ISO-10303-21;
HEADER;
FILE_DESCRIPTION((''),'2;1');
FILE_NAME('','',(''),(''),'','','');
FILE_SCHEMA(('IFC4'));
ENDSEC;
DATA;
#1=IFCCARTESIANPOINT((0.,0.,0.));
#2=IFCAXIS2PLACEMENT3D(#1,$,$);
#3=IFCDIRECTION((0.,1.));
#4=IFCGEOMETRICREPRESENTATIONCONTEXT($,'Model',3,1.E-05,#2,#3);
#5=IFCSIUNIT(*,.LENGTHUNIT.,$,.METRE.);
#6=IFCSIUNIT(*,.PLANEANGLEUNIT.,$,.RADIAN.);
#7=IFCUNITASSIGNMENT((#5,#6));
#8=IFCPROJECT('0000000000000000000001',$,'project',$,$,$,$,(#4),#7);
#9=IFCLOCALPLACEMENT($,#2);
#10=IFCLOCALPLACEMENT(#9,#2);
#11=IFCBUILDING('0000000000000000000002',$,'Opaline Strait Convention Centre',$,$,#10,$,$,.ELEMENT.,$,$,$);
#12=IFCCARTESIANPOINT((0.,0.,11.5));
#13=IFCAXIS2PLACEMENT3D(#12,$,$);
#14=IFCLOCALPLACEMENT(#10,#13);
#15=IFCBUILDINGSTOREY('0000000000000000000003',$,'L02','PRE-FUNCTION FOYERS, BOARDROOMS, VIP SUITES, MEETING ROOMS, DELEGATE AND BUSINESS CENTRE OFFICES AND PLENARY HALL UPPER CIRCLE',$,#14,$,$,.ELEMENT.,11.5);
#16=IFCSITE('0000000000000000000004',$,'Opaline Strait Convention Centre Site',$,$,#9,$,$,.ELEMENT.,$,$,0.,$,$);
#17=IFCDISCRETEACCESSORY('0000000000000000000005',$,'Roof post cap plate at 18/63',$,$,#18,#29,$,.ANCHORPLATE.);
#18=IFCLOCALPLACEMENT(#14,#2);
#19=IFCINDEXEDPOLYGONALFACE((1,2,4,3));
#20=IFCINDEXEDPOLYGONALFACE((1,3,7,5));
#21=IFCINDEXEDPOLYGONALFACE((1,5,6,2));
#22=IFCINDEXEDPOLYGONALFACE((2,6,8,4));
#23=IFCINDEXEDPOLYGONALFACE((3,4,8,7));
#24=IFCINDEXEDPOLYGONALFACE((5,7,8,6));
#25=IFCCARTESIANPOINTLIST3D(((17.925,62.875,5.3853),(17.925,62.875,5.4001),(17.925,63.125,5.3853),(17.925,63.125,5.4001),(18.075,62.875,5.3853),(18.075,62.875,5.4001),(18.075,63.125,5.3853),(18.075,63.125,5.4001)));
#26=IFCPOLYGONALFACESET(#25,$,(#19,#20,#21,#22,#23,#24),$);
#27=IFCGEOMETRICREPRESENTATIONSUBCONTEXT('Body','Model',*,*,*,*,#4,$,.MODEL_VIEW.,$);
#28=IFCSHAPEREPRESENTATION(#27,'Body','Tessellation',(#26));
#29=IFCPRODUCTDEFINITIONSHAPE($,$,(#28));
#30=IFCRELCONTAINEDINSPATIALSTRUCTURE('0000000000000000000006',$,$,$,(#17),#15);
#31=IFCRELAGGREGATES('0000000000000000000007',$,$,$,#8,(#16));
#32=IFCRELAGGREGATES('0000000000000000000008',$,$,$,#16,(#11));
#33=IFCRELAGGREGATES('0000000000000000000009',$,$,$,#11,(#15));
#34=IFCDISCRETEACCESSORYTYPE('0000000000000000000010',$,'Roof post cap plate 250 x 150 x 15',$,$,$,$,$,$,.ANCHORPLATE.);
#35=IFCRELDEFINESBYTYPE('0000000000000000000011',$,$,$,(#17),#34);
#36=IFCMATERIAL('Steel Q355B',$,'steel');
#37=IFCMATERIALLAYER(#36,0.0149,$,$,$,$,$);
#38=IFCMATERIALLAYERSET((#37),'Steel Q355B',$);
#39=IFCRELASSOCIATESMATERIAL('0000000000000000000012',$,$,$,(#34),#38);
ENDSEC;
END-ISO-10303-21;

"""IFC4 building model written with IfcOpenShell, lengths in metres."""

from ifc_helpers import new_model, si_unit, direction, frame, origin, origin_2d, place, context, subcontext, project, spatial, rectangle, extrude, material, layer, layer_set, type_object, element, save


model = new_model("IFC4")

# Units and contexts
model_context = context("Model", 3, precision=1e-05, world=origin(), true_north=direction((0.0, 1.0)))
body_context = subcontext(model_context, "Body", "Model", "MODEL_VIEW")
ifc_project = project(units=[si_unit("LENGTHUNIT", "METRE"), si_unit("PLANEANGLEUNIT", "RADIAN")], contexts=[model_context])

# Site, building, storey
site_placement = place(None, origin())
site = spatial("IfcSite", under=ifc_project, at=site_placement, Name="Opaline Strait Convention Centre Site", CompositionType="ELEMENT", RefElevation=0.0)
building_placement = place(site_placement, origin())
building = spatial("IfcBuilding", under=site, at=building_placement, Name="Opaline Strait Convention Centre", CompositionType="ELEMENT")
storey_placement = place(building_placement, frame((0.0, 0.0, 11.5)))
storey = spatial("IfcBuildingStorey", under=building, at=storey_placement, Name="L02", Description="PRE-FUNCTION FOYERS, BOARDROOMS, VIP SUITES, MEETING ROOMS, DELEGATE AND BUSINESS CENTRE OFFICES AND PLENARY HALL UPPER CIRCLE", CompositionType="ELEMENT", Elevation=11.5)

# Shared definitions
ifc_material_1 = material(Name="Steel Q355B", Category="steel")

# Discrete accessory
ifc_layer_1 = layer(ifc_material_1, 0.0149)
ifc_layer_set_1 = layer_set([ifc_layer_1], Name="Steel Q355B")
discrete_accessory_type_1 = type_object("IfcDiscreteAccessoryType", Name="Roof post cap plate 250 x 150 x 15", PredefinedType="ANCHORPLATE", material=ifc_layer_set_1)
discrete_accessory_placement = place(storey_placement, frame((18.0, 63.0, 5.3853), z_axis=(0.0, 0.0, 1.0), x_axis=(1.0, 0.0, 0.0)))
element("IfcDiscreteAccessory", 1, at=discrete_accessory_placement, inside=storey, type_object=discrete_accessory_type_1, Name="Roof post cap plate at 18/63", PredefinedType="ANCHORPLATE", context=body_context, shape_type="SweptSolid", body=[
    extrude(rectangle(XDim=0.1499, YDim=0.25, at=origin_2d()), origin(), (0.0, 0.0, 1.0), 0.0149),
])

save(model, "model.ifc")
